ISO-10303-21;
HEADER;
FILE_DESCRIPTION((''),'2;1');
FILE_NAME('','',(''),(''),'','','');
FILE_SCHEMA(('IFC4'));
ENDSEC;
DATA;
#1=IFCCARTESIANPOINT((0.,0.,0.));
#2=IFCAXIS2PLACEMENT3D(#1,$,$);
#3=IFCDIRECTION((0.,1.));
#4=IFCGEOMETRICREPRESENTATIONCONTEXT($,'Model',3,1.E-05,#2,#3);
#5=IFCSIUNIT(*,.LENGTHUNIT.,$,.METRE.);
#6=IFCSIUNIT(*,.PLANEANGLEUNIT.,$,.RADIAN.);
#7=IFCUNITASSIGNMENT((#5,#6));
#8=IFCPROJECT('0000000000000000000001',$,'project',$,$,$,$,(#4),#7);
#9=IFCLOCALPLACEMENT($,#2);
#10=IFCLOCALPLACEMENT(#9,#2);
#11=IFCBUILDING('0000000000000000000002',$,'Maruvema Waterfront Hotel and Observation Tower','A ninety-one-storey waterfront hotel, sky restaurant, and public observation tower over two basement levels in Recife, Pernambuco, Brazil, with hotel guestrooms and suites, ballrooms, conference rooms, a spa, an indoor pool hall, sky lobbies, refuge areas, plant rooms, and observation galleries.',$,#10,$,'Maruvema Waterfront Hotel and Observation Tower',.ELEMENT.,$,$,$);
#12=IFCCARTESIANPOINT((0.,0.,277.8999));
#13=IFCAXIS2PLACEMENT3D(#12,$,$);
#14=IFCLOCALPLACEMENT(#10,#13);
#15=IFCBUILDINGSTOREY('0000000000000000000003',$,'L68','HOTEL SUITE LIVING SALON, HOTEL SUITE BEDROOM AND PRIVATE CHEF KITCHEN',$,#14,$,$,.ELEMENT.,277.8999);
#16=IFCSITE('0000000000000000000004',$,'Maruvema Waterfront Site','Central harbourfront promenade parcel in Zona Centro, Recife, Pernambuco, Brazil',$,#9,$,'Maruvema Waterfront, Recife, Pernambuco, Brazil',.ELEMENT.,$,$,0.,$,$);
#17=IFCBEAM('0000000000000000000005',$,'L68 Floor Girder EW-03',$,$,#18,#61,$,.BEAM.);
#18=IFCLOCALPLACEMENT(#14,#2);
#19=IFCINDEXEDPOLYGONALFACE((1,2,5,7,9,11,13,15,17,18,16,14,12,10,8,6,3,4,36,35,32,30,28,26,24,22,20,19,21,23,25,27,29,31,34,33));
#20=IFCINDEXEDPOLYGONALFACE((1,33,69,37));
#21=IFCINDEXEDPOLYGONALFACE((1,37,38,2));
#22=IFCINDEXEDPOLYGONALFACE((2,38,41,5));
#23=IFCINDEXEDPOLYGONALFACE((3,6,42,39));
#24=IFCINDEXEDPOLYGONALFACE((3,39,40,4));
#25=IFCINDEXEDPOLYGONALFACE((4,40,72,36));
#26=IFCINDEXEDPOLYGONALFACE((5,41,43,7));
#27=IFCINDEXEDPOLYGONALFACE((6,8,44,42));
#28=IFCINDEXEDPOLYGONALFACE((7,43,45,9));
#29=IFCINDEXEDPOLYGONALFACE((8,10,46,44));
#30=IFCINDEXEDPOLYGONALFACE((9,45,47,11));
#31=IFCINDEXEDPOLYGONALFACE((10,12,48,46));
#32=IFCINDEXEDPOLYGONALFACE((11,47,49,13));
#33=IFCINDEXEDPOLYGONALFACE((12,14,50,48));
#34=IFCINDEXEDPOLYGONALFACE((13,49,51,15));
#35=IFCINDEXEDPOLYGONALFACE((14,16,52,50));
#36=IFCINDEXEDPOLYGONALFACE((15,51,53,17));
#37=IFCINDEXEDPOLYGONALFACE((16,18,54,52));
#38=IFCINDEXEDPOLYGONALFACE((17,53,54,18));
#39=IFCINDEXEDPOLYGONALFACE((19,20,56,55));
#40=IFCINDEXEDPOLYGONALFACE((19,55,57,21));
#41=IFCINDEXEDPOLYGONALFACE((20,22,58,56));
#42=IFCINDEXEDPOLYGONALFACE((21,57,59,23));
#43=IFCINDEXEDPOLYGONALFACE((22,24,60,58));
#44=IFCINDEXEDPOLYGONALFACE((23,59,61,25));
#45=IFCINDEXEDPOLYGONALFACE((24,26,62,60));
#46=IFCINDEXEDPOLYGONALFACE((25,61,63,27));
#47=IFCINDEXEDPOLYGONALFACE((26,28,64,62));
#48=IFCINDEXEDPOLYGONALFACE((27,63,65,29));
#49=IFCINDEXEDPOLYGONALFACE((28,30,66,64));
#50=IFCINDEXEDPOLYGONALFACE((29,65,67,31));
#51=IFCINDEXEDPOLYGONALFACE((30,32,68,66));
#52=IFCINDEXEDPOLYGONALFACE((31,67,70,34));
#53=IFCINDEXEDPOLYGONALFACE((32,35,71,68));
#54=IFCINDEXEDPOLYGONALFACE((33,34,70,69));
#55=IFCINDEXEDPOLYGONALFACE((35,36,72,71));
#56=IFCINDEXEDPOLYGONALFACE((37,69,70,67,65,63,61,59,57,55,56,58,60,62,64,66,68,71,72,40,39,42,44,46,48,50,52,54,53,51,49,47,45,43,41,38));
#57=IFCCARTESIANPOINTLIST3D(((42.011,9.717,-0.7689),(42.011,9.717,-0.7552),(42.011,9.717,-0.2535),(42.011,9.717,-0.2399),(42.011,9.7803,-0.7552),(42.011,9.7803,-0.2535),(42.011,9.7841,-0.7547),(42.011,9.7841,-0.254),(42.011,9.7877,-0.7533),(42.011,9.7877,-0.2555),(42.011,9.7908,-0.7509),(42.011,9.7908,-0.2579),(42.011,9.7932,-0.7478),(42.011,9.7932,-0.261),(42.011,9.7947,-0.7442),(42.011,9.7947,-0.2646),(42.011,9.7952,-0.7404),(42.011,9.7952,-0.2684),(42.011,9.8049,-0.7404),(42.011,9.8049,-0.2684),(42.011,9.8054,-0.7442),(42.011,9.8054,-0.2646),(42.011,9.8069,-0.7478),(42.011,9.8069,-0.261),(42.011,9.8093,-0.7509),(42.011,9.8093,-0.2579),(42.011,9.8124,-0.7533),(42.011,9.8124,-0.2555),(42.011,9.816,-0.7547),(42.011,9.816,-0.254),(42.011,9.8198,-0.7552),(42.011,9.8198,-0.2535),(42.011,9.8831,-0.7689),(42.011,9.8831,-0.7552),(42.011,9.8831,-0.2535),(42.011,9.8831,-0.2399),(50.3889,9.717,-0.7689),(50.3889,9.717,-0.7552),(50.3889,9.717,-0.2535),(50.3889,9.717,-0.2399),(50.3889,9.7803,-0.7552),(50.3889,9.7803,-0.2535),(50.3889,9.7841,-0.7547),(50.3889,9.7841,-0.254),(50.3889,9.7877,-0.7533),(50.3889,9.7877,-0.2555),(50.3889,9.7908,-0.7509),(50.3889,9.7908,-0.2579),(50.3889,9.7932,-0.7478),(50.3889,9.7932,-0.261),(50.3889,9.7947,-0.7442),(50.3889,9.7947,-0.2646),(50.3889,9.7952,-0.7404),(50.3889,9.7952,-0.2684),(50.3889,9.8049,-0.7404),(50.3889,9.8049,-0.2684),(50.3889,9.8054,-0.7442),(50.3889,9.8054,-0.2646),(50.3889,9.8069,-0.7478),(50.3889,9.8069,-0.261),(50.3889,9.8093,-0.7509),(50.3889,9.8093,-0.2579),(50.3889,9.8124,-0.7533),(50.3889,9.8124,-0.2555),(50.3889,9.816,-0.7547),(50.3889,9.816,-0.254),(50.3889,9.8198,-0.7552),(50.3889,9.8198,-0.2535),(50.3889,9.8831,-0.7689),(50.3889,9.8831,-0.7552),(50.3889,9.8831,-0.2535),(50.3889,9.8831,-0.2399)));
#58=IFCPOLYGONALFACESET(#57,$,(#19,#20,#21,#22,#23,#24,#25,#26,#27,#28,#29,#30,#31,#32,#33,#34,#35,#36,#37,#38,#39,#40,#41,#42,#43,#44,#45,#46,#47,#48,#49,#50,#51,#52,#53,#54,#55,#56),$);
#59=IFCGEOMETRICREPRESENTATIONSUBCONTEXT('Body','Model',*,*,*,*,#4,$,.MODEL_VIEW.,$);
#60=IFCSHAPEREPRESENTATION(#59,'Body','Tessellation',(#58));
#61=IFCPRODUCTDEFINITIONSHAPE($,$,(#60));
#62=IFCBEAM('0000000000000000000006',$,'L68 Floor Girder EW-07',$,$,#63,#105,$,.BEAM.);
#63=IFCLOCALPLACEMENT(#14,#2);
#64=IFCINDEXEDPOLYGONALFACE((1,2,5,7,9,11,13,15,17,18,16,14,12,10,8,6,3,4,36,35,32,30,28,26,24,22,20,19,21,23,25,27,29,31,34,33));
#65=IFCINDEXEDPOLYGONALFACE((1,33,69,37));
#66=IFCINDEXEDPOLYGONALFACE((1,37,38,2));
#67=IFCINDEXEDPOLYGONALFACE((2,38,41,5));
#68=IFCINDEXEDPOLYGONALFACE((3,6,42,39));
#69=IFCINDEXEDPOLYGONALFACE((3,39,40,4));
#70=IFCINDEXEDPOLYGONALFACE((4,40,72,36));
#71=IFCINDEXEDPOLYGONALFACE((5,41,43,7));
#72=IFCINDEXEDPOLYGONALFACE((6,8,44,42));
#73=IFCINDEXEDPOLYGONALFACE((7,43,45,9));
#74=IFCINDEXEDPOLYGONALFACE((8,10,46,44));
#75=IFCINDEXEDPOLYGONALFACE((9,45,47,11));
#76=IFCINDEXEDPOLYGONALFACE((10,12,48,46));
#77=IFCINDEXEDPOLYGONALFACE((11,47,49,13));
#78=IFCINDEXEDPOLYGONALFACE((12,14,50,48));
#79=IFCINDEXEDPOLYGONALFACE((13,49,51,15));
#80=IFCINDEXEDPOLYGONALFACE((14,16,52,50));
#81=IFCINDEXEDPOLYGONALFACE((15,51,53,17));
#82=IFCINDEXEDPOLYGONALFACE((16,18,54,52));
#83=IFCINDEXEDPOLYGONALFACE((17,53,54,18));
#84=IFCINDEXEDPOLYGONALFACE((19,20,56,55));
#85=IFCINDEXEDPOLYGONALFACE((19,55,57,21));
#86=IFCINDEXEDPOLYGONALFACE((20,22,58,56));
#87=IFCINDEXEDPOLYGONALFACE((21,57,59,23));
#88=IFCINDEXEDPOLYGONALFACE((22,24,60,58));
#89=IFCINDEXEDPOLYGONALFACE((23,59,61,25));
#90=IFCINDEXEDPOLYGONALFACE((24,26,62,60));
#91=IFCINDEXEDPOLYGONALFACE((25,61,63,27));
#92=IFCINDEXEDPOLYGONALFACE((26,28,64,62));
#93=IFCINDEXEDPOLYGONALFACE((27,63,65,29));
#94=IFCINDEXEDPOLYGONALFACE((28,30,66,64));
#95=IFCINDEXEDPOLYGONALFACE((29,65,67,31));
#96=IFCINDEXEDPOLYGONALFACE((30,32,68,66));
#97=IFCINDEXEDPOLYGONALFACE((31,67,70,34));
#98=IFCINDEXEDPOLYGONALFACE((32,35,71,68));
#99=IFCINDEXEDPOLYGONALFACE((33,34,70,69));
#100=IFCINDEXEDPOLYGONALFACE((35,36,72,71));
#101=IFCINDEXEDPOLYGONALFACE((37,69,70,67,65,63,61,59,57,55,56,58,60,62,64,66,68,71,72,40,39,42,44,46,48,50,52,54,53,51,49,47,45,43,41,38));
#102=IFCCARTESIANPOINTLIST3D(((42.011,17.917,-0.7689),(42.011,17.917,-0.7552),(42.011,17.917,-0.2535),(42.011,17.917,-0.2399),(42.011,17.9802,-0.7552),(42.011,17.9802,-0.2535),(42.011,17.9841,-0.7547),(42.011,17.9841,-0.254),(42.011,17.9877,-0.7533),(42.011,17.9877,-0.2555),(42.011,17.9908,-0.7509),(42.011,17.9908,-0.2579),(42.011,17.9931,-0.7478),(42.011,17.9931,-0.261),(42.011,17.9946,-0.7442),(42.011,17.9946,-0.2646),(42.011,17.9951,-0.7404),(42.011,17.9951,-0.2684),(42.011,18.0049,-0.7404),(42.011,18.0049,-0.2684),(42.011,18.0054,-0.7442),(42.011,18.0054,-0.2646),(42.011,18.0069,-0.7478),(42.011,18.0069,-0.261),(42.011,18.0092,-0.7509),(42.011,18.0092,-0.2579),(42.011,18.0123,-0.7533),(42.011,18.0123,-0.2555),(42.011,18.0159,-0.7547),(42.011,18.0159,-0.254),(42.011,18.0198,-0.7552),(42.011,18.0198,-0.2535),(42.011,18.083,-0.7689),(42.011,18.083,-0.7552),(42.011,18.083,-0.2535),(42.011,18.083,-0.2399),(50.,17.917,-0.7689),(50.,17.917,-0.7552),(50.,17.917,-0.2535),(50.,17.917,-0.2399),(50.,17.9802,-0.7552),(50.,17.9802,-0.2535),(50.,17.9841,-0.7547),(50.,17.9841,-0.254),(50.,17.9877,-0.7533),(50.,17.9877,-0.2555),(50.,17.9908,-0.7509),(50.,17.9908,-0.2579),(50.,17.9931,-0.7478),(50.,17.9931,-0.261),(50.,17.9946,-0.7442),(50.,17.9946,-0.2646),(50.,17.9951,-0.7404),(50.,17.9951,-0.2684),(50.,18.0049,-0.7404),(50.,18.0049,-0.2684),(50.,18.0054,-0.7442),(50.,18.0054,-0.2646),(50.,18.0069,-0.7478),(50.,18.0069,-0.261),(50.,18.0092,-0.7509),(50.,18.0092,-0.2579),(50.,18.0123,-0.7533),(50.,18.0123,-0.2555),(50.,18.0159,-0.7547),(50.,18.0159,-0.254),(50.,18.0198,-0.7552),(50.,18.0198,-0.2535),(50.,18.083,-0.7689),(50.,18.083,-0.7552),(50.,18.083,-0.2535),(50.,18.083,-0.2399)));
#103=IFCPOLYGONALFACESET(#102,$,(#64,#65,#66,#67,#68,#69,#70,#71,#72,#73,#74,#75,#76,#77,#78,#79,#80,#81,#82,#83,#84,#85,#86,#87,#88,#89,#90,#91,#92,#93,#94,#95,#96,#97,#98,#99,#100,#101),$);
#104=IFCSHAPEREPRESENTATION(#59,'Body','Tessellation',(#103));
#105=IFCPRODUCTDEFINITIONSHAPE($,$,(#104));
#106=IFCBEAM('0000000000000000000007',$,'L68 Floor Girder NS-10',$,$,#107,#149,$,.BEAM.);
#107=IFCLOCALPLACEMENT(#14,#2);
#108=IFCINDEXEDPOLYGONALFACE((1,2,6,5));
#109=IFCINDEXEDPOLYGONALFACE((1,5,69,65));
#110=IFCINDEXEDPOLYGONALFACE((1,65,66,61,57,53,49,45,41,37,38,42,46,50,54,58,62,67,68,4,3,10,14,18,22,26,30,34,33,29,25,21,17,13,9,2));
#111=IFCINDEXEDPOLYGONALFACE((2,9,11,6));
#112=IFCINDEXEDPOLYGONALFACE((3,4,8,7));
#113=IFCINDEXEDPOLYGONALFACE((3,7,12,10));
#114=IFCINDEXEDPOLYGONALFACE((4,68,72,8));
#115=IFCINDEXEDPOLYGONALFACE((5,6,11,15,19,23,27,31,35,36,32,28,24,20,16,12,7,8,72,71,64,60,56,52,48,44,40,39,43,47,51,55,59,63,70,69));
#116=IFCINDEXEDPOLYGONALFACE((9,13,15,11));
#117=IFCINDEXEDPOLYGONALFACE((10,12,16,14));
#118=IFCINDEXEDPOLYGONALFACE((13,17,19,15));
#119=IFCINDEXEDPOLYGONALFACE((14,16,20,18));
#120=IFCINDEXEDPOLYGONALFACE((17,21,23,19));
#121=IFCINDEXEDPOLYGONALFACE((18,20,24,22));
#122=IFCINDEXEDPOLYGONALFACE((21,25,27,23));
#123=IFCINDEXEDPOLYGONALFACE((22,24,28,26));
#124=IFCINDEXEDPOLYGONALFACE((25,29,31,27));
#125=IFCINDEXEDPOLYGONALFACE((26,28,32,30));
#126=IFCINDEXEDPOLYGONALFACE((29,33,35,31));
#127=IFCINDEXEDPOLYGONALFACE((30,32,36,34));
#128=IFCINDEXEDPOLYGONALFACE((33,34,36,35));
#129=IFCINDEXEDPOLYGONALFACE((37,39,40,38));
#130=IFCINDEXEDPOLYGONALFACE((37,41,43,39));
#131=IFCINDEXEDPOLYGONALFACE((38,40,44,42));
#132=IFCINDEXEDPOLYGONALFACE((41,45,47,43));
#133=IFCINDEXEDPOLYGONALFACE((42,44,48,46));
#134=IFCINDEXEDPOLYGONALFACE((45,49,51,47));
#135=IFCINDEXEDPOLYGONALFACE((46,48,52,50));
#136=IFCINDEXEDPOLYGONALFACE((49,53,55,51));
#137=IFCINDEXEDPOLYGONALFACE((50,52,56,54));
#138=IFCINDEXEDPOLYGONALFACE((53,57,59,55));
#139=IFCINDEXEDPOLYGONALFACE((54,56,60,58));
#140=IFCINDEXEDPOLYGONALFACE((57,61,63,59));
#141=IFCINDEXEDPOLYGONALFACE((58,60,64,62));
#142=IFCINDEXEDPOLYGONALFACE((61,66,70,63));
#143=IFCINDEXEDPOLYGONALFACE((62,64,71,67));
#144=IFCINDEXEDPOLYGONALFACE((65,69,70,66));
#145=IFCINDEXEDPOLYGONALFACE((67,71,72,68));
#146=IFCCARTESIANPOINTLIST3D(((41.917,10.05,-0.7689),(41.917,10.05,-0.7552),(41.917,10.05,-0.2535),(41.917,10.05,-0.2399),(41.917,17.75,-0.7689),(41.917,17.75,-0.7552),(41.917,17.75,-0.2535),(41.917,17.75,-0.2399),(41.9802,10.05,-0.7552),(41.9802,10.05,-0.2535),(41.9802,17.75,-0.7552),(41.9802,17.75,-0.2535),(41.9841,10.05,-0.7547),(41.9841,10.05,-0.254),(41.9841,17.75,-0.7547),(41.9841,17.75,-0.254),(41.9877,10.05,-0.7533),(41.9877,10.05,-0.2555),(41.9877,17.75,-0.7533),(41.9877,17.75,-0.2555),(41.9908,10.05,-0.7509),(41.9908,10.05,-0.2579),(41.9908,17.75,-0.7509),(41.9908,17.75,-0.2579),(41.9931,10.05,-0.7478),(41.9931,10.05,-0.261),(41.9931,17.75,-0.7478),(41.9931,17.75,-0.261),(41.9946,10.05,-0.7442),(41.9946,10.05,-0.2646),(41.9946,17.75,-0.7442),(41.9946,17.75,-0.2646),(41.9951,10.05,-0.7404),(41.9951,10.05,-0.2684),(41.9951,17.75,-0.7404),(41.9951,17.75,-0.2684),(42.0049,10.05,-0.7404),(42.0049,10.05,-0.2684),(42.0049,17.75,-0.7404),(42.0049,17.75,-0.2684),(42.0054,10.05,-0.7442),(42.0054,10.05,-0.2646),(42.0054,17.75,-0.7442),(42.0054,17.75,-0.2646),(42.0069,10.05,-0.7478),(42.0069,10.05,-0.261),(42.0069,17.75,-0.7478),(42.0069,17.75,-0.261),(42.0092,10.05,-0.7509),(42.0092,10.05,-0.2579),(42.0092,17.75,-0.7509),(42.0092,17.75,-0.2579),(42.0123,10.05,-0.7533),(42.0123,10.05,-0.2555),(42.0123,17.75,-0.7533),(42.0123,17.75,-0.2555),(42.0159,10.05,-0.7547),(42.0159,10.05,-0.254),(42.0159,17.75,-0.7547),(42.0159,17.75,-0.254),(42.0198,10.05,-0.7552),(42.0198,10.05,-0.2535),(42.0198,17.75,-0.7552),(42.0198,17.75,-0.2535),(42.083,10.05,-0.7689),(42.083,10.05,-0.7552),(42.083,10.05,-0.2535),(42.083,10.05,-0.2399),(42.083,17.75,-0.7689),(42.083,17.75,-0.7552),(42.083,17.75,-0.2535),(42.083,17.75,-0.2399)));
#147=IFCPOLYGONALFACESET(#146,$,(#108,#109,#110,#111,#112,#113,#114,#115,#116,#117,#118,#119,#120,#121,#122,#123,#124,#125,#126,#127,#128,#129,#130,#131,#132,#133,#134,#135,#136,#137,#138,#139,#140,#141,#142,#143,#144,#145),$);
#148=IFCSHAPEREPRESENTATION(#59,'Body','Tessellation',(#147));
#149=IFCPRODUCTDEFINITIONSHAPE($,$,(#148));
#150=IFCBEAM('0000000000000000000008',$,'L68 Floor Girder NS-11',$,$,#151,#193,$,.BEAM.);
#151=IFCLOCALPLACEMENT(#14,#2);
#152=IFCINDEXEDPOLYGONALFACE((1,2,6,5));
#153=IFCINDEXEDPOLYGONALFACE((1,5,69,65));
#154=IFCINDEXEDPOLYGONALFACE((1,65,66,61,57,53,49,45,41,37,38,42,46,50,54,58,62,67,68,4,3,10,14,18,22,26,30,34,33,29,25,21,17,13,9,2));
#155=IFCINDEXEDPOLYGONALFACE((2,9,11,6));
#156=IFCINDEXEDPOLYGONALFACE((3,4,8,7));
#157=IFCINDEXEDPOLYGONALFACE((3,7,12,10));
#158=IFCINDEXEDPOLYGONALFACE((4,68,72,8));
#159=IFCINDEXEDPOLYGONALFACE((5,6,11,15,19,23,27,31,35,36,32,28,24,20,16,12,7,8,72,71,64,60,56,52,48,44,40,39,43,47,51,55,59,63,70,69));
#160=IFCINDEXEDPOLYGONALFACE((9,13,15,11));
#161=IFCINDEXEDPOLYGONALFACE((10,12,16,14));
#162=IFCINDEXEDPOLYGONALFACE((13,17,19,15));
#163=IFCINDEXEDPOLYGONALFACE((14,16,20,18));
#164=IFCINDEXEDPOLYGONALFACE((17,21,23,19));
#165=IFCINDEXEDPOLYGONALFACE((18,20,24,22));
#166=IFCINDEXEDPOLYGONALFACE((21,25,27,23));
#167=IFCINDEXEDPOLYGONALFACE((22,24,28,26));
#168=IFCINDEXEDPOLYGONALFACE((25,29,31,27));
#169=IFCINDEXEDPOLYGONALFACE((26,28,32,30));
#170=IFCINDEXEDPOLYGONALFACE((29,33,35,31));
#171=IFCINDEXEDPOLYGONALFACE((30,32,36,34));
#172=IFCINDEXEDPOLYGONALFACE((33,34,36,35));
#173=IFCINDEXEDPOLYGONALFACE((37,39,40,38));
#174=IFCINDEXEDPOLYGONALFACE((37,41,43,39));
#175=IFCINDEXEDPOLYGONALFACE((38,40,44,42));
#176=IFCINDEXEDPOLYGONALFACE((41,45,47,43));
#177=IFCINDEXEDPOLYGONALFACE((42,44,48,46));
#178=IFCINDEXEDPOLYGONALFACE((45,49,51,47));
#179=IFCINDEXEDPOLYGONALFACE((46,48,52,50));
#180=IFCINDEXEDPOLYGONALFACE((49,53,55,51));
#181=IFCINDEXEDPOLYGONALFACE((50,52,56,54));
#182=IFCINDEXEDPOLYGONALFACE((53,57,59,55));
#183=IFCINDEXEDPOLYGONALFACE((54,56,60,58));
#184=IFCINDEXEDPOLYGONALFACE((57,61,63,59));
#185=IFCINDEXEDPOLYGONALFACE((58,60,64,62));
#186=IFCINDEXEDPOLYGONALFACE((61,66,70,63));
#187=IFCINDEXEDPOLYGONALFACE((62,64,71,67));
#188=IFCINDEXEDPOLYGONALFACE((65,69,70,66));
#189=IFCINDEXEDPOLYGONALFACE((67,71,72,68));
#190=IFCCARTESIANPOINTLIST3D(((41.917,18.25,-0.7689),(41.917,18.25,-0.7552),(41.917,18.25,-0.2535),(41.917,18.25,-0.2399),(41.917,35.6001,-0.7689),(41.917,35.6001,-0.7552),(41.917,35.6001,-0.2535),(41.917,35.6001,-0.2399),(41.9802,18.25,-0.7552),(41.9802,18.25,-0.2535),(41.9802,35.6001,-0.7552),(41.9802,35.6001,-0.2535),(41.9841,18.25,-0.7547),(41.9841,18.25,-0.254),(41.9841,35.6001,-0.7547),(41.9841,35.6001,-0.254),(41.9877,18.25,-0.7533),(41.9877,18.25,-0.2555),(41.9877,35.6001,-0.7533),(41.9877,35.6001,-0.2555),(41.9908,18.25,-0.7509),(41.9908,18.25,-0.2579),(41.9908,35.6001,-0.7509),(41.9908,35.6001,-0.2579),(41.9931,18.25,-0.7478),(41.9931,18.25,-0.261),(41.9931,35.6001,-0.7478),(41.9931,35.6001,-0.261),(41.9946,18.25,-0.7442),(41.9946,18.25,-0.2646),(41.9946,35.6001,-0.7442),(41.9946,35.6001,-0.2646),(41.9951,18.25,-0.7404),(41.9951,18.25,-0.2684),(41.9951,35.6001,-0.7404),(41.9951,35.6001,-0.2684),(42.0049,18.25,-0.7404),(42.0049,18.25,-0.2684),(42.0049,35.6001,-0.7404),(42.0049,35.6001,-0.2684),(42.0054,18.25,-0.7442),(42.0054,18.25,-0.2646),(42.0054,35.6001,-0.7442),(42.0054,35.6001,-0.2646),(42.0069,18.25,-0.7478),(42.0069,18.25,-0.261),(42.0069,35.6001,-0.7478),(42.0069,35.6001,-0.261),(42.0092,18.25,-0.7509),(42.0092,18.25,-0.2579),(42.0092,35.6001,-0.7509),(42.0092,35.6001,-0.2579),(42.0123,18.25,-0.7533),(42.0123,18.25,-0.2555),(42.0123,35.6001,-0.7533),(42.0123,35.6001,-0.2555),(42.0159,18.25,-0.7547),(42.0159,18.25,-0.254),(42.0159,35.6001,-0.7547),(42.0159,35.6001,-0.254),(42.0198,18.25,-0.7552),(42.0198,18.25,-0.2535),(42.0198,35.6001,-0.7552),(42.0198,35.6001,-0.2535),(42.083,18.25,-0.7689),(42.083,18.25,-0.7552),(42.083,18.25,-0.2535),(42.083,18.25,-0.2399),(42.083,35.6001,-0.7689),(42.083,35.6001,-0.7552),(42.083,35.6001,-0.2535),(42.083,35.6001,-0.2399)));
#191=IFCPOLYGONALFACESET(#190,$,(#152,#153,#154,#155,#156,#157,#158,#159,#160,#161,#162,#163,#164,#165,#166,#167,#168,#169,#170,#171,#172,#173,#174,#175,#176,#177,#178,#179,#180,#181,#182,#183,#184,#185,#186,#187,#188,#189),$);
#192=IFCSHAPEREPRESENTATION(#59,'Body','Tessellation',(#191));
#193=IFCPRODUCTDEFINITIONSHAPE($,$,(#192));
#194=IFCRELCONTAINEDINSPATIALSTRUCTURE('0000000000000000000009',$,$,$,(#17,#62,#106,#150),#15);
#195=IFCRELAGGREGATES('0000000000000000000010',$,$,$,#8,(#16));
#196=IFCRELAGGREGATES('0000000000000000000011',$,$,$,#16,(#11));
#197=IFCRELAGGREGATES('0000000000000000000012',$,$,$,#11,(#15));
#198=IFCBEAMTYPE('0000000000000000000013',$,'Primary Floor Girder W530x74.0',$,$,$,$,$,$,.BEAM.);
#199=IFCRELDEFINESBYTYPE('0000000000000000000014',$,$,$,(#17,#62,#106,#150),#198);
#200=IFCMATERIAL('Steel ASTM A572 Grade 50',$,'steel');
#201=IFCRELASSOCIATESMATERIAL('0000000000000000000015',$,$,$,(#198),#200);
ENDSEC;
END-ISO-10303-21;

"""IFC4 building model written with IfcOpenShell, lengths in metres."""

from ifc_helpers import new_model, si_unit, direction, frame, origin, origin_2d, place, context, subcontext, project, spatial, i_section, extrude, material, material_profile, profile_set, type_object, element, save


model = new_model("IFC4")

# Units and contexts
model_context = context("Model", 3, precision=1e-05, world=origin(), true_north=direction((0.0, 1.0)))
body_context = subcontext(model_context, "Body", "Model", "MODEL_VIEW")
ifc_project = project(units=[si_unit("LENGTHUNIT", "METRE"), si_unit("PLANEANGLEUNIT", "RADIAN")], contexts=[model_context])

# Site, building, storey
site_placement = place(None, origin())
site = spatial("IfcSite", under=ifc_project, at=site_placement, Name="Maruvema Waterfront Site", Description="Central harbourfront promenade parcel in Zona Centro, Recife, Pernambuco, Brazil", LongName="Maruvema Waterfront, Recife, Pernambuco, Brazil", CompositionType="ELEMENT", RefElevation=0.0)
building_placement = place(site_placement, origin())
building = spatial("IfcBuilding", under=site, at=building_placement, Name="Maruvema Waterfront Hotel and Observation Tower", Description="A ninety-one-storey waterfront hotel, sky restaurant, and public observation tower over two basement levels in Recife, Pernambuco, Brazil, with hotel guestrooms and suites, ballrooms, conference rooms, a spa, an indoor pool hall, sky lobbies, refuge areas, plant rooms, and observation galleries.", LongName="Maruvema Waterfront Hotel and Observation Tower", CompositionType="ELEMENT")
storey_placement = place(building_placement, frame((0.0, 0.0, 277.8999)))
storey = spatial("IfcBuildingStorey", under=building, at=storey_placement, Name="L68", Description="HOTEL SUITE LIVING SALON, HOTEL SUITE BEDROOM AND PRIVATE CHEF KITCHEN", CompositionType="ELEMENT", Elevation=277.8999)

# Beams
ifc_material_1 = material(Name="Steel ASTM A572 Grade 50", Category="steel")
ifc_material_profile_1 = material_profile(ifc_material_1, i_section(OverallWidth=0.166, OverallDepth=0.5291, WebThickness=0.0098, FlangeThickness=0.0137, FilletRadius=0.0149, at=origin_2d()), Name="W530x74.0")
ifc_profile_set_1 = profile_set([ifc_material_profile_1], Name="Steel ASTM A572 Grade 50")
beam_type_1 = type_object("IfcBeamType", Name="Primary Floor Girder W530x74.0", PredefinedType="BEAM", material=ifc_profile_set_1)
beam_1_placement = place(storey_placement, frame((42.011, 9.8, -0.5044), z_axis=(1.0, 0.0, 0.0), x_axis=(0.0, 1.0, 0.0)))
element("IfcBeam", 1, at=beam_1_placement, inside=storey, type_object=beam_type_1, Name="L68 Floor Girder EW-03", PredefinedType="BEAM", context=body_context, shape_type="SweptSolid", body=[
    extrude(i_section(OverallWidth=0.166, OverallDepth=0.5291, WebThickness=0.0098, FlangeThickness=0.0137, FilletRadius=0.0149, at=origin_2d()), origin(), (0.0, 0.0, 1.0), 8.3779),
])
beam_2_placement = place(storey_placement, frame((42.011, 18.0, -0.5044), z_axis=(1.0, 0.0, 0.0), x_axis=(0.0, 1.0, 0.0)))
element("IfcBeam", 2, at=beam_2_placement, inside=storey, type_object=beam_type_1, Name="L68 Floor Girder EW-07", PredefinedType="BEAM", context=body_context, shape_type="SweptSolid", body=[
    extrude(i_section(OverallWidth=0.166, OverallDepth=0.5291, WebThickness=0.0098, FlangeThickness=0.0137, FilletRadius=0.0149, at=origin_2d()), origin(), (0.0, 0.0, 1.0), 7.989),
])
beam_3_placement = place(storey_placement, frame((42.0, 10.05, -0.5044), z_axis=(0.0, 1.0, 0.0), x_axis=(-1.0, 0.0, 0.0)))
element("IfcBeam", 3, at=beam_3_placement, inside=storey, type_object=beam_type_1, Name="L68 Floor Girder NS-10", PredefinedType="BEAM", context=body_context, shape_type="SweptSolid", body=[
    extrude(i_section(OverallWidth=0.166, OverallDepth=0.5291, WebThickness=0.0098, FlangeThickness=0.0137, FilletRadius=0.0149, at=origin_2d()), origin(), (0.0, 0.0, 1.0), 7.7),
])
beam_4_placement = place(storey_placement, frame((42.0, 18.25, -0.5044), z_axis=(0.0, 1.0, 0.0), x_axis=(-1.0, 0.0, 0.0)))
element("IfcBeam", 4, at=beam_4_placement, inside=storey, type_object=beam_type_1, Name="L68 Floor Girder NS-11", PredefinedType="BEAM", context=body_context, shape_type="SweptSolid", body=[
    extrude(i_section(OverallWidth=0.166, OverallDepth=0.5291, WebThickness=0.0098, FlangeThickness=0.0137, FilletRadius=0.0149, at=origin_2d()), origin(), (0.0, 0.0, 1.0), 17.3501),
])

save(model, "model.ifc")
